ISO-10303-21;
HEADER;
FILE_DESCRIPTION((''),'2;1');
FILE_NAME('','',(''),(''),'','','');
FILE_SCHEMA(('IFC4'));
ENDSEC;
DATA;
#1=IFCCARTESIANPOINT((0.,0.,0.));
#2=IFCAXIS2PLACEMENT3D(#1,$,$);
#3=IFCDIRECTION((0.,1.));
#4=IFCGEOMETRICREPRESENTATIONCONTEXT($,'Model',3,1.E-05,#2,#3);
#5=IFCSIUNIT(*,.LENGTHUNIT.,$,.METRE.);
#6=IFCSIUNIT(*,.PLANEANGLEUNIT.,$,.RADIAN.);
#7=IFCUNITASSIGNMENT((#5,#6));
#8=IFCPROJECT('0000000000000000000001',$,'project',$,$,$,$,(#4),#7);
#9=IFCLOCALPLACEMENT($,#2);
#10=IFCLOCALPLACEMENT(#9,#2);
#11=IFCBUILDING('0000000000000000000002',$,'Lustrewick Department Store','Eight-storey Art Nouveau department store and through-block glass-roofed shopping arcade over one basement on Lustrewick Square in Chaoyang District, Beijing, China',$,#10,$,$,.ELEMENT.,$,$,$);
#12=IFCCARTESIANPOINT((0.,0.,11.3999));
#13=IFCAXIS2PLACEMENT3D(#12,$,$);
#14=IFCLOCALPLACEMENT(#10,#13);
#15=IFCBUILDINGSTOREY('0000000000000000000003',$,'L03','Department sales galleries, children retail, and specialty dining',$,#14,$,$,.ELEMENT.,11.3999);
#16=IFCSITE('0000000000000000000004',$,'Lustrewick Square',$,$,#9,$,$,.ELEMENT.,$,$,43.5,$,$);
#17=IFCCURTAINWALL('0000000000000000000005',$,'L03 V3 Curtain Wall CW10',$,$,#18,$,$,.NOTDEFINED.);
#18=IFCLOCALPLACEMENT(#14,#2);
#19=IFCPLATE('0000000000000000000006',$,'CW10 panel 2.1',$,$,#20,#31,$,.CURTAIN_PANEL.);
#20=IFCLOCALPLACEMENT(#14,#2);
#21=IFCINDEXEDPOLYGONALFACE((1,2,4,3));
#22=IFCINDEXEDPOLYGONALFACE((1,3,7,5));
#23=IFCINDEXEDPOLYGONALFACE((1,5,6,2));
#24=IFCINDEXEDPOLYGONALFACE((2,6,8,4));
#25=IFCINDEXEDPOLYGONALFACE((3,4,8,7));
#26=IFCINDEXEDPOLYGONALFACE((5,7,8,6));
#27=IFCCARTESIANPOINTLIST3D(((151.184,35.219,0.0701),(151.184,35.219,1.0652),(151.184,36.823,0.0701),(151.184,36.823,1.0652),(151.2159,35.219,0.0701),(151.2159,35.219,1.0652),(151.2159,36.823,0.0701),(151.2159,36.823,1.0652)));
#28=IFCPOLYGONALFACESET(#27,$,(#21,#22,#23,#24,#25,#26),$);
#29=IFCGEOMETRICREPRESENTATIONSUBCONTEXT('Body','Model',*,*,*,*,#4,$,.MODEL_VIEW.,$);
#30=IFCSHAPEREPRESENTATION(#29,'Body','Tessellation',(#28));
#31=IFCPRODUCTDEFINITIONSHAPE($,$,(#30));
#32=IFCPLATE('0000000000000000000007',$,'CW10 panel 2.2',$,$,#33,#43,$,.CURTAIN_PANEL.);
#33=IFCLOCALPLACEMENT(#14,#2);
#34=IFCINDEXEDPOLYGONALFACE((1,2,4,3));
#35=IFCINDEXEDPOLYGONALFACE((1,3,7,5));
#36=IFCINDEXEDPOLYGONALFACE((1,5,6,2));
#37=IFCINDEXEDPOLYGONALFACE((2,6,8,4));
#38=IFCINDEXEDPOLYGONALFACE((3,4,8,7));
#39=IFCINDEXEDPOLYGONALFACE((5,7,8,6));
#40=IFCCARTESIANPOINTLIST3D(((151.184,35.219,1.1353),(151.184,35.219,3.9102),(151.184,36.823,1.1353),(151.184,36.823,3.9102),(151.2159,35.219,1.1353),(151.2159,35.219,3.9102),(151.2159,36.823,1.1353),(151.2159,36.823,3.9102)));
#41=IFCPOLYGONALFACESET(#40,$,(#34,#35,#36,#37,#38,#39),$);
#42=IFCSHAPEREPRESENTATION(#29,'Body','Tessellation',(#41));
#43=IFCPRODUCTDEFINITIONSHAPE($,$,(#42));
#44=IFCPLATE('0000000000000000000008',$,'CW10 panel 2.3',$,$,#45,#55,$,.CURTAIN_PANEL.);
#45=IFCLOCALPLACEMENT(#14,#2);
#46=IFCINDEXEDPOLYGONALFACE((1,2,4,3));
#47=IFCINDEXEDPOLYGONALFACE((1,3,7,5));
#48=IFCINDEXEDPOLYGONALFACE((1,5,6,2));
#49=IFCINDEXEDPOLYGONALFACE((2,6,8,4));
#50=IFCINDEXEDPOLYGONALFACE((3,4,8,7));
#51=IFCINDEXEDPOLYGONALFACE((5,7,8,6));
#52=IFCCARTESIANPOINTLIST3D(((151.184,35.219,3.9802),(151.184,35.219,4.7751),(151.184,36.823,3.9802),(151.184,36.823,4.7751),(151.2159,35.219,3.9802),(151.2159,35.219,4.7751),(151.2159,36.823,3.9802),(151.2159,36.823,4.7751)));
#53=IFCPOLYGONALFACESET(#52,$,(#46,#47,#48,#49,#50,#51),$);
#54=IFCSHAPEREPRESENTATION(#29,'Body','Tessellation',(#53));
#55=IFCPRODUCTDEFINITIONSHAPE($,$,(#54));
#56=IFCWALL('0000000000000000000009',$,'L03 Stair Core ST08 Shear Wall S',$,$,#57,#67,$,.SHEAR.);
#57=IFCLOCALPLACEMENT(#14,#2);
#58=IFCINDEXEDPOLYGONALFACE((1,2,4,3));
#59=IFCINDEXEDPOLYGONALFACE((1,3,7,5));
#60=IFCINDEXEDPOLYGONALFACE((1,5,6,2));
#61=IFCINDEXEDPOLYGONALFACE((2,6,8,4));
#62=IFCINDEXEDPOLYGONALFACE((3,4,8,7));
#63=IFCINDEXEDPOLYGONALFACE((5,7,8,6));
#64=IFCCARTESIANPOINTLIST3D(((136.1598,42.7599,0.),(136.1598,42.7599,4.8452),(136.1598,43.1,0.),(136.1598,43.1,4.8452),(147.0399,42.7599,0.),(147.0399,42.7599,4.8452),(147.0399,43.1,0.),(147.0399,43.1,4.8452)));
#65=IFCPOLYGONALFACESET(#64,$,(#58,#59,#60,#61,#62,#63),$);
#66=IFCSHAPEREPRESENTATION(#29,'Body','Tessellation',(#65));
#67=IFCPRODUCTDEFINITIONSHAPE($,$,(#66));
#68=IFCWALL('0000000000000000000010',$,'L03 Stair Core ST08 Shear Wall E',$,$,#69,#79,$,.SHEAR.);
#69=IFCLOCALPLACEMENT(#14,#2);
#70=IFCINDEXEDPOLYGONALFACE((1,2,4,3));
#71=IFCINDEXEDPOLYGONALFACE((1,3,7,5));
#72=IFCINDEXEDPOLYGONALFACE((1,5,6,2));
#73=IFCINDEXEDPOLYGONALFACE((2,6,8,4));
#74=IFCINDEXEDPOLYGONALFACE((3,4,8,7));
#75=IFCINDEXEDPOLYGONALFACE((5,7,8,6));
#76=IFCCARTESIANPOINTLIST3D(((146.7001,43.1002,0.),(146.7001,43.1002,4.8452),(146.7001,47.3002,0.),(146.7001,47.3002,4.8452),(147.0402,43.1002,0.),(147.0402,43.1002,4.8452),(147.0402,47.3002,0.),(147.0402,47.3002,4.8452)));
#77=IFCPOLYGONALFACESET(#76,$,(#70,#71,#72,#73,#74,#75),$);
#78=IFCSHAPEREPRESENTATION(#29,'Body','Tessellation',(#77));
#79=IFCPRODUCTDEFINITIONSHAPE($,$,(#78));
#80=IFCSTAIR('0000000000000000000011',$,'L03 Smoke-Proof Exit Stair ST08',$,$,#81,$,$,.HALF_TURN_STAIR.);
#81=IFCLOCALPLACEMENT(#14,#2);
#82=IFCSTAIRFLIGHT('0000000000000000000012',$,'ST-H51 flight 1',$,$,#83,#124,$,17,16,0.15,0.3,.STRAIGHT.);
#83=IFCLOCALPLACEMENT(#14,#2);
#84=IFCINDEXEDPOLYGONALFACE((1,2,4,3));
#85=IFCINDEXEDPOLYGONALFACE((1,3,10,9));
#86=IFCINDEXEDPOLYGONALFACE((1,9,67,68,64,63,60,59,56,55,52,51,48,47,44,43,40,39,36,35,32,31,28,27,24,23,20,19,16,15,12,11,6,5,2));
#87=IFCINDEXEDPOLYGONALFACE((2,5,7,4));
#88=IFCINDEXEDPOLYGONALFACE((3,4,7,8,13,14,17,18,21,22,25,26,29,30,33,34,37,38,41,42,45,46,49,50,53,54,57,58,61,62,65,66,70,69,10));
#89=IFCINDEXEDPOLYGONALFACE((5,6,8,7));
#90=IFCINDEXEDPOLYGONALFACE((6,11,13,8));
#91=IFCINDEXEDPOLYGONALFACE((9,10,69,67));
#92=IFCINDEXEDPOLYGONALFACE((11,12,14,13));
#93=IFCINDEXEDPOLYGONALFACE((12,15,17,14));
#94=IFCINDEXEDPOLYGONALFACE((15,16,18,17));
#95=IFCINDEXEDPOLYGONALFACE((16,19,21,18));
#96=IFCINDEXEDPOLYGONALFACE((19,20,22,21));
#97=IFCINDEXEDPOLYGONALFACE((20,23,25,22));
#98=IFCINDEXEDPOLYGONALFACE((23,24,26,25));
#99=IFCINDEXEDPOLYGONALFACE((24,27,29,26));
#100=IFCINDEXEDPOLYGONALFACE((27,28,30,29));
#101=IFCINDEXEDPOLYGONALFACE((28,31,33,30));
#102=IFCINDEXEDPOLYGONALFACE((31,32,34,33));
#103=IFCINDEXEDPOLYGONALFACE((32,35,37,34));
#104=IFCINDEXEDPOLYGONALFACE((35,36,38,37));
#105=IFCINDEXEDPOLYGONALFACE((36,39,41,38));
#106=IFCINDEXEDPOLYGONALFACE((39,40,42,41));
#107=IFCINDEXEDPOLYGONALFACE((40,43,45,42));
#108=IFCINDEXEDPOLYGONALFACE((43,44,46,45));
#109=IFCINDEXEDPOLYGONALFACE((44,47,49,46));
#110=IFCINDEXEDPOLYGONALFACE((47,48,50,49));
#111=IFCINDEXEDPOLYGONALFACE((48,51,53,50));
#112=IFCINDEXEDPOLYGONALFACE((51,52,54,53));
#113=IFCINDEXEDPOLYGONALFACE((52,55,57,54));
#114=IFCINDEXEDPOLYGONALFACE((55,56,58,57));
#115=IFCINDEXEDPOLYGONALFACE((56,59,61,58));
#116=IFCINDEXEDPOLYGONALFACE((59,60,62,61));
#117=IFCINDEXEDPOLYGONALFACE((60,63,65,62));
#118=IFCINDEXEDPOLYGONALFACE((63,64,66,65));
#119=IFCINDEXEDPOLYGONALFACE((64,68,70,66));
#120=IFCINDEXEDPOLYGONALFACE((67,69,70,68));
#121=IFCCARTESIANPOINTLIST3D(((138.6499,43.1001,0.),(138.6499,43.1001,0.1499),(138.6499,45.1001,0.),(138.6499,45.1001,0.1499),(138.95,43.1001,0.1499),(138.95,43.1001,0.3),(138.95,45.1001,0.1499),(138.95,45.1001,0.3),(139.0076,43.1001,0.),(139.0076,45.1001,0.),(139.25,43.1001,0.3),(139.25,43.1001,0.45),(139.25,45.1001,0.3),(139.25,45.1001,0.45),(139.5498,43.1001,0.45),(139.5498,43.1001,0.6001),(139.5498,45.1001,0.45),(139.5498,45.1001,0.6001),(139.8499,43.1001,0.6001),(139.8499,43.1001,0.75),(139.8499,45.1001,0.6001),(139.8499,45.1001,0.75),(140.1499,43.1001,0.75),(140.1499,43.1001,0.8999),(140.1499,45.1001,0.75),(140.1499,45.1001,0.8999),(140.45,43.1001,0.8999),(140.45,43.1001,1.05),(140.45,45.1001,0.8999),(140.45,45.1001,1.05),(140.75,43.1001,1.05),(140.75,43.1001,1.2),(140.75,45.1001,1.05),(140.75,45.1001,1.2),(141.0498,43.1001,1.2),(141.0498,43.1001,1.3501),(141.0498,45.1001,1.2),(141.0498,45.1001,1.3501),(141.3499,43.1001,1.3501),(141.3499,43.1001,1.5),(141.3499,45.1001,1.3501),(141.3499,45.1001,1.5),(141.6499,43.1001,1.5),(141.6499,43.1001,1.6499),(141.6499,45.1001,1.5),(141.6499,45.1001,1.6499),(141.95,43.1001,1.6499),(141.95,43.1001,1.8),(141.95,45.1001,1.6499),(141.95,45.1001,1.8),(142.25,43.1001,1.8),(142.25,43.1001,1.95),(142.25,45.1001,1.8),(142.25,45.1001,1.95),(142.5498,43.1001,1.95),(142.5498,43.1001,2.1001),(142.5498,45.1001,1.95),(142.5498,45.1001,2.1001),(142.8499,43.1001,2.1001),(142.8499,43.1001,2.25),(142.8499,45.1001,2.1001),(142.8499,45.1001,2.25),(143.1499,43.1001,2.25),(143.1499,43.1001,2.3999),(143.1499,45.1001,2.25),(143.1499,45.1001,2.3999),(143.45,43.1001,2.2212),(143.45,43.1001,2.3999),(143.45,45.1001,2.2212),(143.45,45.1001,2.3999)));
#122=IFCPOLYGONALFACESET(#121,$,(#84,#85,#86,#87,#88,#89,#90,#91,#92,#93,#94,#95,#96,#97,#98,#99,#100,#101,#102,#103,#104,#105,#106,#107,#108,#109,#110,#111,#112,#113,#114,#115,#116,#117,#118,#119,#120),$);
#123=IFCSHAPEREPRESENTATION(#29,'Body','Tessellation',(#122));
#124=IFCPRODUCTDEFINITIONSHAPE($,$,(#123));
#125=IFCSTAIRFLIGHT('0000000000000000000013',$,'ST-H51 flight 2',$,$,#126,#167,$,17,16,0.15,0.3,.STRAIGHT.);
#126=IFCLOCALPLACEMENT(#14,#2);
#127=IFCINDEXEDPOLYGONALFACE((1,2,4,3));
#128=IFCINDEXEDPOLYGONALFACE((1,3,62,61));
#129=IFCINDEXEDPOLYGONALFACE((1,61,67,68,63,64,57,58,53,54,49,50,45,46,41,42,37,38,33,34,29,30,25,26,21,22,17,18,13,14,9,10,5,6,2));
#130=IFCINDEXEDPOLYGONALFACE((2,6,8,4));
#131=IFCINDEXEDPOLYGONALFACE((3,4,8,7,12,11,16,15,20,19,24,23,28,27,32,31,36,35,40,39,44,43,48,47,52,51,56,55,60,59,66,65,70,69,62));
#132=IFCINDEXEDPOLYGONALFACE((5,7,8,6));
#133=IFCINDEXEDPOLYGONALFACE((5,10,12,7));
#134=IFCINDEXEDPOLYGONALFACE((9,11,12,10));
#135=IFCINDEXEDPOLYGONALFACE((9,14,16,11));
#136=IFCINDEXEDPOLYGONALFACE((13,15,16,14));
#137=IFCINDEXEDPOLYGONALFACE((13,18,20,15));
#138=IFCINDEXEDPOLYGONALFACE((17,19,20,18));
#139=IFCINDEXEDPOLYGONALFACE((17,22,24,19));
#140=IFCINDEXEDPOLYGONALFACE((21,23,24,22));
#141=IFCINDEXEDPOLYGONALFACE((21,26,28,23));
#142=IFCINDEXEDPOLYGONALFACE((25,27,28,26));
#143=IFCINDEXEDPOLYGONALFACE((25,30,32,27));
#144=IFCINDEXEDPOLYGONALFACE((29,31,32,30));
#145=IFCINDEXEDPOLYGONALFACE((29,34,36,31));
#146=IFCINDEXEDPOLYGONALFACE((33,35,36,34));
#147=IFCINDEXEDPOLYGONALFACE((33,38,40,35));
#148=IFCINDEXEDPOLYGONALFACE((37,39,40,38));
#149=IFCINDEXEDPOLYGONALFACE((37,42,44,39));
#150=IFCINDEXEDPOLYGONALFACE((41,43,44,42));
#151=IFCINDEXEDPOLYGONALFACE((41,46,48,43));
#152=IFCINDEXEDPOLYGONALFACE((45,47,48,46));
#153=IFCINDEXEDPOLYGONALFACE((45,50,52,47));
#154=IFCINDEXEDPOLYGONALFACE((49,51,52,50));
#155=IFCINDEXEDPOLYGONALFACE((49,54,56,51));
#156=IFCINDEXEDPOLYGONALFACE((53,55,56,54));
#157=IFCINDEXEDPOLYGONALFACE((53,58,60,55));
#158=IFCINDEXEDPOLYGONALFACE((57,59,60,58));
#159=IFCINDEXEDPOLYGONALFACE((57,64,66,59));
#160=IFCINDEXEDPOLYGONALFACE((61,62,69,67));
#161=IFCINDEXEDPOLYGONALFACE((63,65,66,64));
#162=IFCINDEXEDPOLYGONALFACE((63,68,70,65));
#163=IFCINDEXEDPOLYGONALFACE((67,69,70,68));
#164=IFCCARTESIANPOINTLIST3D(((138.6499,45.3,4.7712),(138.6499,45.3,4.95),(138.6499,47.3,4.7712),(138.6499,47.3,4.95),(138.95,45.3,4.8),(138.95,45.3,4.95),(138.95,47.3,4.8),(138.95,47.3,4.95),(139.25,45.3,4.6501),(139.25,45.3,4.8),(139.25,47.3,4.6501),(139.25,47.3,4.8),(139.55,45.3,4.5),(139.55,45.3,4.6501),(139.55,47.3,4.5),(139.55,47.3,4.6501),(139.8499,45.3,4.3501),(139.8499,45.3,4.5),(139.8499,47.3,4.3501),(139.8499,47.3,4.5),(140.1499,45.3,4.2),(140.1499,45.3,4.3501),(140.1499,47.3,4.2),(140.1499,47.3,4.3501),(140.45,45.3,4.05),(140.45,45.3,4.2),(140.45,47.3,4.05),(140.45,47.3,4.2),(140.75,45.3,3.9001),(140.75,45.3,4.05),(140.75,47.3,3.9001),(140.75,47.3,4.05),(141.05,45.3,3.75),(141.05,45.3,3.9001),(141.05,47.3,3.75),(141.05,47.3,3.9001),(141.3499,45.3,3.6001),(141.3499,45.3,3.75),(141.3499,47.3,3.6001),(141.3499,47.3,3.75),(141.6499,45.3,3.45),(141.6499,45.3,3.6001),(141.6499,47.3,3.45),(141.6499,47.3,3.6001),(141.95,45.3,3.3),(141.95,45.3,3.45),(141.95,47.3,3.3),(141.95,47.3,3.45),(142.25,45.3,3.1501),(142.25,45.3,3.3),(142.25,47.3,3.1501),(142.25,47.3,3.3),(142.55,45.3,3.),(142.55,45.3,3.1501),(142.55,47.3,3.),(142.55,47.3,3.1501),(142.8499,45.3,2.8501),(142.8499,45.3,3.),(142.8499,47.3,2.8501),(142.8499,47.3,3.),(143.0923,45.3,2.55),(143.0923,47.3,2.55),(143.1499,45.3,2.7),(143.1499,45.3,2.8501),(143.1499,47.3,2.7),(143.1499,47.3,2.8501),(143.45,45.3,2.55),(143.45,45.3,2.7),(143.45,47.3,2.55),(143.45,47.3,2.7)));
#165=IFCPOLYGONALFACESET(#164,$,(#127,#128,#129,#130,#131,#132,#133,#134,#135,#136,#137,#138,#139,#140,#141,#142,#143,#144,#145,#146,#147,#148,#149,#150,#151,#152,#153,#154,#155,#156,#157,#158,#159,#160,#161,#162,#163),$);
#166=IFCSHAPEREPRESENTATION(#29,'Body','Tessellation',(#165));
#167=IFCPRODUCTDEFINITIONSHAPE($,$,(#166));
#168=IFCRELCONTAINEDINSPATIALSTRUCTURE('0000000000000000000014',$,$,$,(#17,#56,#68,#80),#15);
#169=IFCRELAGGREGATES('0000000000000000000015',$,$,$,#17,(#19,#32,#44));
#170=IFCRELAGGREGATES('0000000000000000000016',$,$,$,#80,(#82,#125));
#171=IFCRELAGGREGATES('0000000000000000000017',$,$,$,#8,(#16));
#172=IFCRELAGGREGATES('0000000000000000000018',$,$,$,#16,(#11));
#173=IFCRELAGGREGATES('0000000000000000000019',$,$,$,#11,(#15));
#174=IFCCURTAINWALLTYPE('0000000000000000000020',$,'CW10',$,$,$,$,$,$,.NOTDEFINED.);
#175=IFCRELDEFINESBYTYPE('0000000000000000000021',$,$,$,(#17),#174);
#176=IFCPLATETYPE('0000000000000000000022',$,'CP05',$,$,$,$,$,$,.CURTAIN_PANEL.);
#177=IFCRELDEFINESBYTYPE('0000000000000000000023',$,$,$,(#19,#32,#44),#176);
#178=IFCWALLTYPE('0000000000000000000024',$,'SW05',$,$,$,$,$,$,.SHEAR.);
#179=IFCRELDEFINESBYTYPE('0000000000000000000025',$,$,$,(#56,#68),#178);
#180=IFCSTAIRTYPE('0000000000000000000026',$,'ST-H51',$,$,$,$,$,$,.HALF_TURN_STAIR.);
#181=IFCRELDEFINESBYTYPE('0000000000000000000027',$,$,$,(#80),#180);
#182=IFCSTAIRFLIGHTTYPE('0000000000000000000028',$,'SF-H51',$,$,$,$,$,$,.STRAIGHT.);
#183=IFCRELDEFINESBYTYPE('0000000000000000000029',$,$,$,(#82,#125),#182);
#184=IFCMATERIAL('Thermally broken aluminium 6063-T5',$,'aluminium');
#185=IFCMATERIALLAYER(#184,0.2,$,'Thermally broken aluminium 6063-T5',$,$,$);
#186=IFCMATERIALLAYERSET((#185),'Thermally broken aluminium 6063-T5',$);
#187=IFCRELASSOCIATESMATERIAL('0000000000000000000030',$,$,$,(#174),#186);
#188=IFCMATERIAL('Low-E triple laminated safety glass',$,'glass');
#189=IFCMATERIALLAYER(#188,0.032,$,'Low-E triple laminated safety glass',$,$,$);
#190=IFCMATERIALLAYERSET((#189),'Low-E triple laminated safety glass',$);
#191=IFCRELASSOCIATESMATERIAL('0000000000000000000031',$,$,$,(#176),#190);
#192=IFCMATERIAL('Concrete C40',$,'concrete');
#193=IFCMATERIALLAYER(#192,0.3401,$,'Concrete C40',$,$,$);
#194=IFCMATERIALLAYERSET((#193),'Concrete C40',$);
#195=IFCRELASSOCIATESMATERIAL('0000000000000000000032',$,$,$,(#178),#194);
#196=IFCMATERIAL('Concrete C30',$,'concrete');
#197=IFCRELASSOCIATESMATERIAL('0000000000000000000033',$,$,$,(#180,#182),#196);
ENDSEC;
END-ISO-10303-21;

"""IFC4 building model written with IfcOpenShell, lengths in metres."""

from ifc_helpers import new_model, si_unit, direction, frame, frame_2d, origin, origin_2d, place, context, subcontext, project, spatial, polyline, rectangle, outline, extrude, material, layer, layer_set, type_object, element, aggregate, save


model = new_model("IFC4")

# Units and contexts
model_context = context("Model", 3, precision=1e-05, world=origin(), true_north=direction((0.0, 1.0)))
body_context = subcontext(model_context, "Body", "Model", "MODEL_VIEW")
ifc_project = project(units=[si_unit("LENGTHUNIT", "METRE"), si_unit("PLANEANGLEUNIT", "RADIAN")], contexts=[model_context])

# Site, building, storey
site_placement = place(None, origin())
site = spatial("IfcSite", under=ifc_project, at=site_placement, Name="Lustrewick Square", CompositionType="ELEMENT", RefElevation=43.5)
building_placement = place(site_placement, origin())
building = spatial("IfcBuilding", under=site, at=building_placement, Name="Lustrewick Department Store", Description="Eight-storey Art Nouveau department store and through-block glass-roofed shopping arcade over one basement on Lustrewick Square in Chaoyang District, Beijing, China", CompositionType="ELEMENT")
storey_placement = place(building_placement, frame((0.0, 0.0, 11.3999)))
storey = spatial("IfcBuildingStorey", under=building, at=storey_placement, Name="L03", Description="Department sales galleries, children retail, and specialty dining", CompositionType="ELEMENT", Elevation=11.3999)

# Curtain wall
ifc_material_1 = material(Name="Thermally broken aluminium 6063-T5", Category="aluminium")
ifc_layer_1 = layer(ifc_material_1, 0.2, Name="Thermally broken aluminium 6063-T5")
ifc_layer_set_1 = layer_set([ifc_layer_1], Name="Thermally broken aluminium 6063-T5")
curtain_wall_type = type_object("IfcCurtainWallType", Name="CW10", PredefinedType="NOTDEFINED", material=ifc_layer_set_1)
curtain_wall_placement = place(storey_placement, origin())
curtain_wall = element("IfcCurtainWall", 1, at=curtain_wall_placement, inside=storey, type_object=curtain_wall_type, Name="L03 V3 Curtain Wall CW10", PredefinedType="NOTDEFINED")

# Plates
ifc_material_2 = material(Name="Low-E triple laminated safety glass", Category="glass")
ifc_layer_2 = layer(ifc_material_2, 0.032, Name="Low-E triple laminated safety glass")
ifc_layer_set_2 = layer_set([ifc_layer_2], Name="Low-E triple laminated safety glass")
plate_type = type_object("IfcPlateType", Name="CP05", PredefinedType="CURTAIN_PANEL", material=ifc_layer_set_2)
plate_1_placement = place(storey_placement, frame((151.2, 36.021, 0.0701), z_axis=(0.0, 0.0, 1.0), x_axis=(0.0, 1.0, 0.0)))
plate_1 = element("IfcPlate", 2, at=plate_1_placement, type_object=plate_type, Name="CW10 panel 2.1", PredefinedType="CURTAIN_PANEL", context=body_context, shape_type="SweptSolid", body=[
    extrude(rectangle(XDim=1.604, YDim=0.032, at=origin_2d()), origin(), (0.0, 0.0, 1.0), 0.9951),
])
plate_2_placement = place(storey_placement, frame((151.2, 36.021, 1.1353), z_axis=(0.0, 0.0, 1.0), x_axis=(0.0, 1.0, 0.0)))
plate_2 = element("IfcPlate", 3, at=plate_2_placement, type_object=plate_type, Name="CW10 panel 2.2", PredefinedType="CURTAIN_PANEL", context=body_context, shape_type="SweptSolid", body=[
    extrude(rectangle(XDim=1.604, YDim=0.032, at=origin_2d()), origin(), (0.0, 0.0, 1.0), 2.7749),
])
plate_3_placement = place(storey_placement, frame((151.2, 36.021, 3.9802), z_axis=(0.0, 0.0, 1.0), x_axis=(0.0, 1.0, 0.0)))
plate_3 = element("IfcPlate", 4, at=plate_3_placement, type_object=plate_type, Name="CW10 panel 2.3", PredefinedType="CURTAIN_PANEL", context=body_context, shape_type="SweptSolid", body=[
    extrude(rectangle(XDim=1.604, YDim=0.032, at=origin_2d()), origin(), (0.0, 0.0, 1.0), 0.7949),
])
aggregate(curtain_wall, [plate_1, plate_2, plate_3])

# Walls
ifc_material_3 = material(Name="Concrete C40", Category="concrete")
ifc_layer_3 = layer(ifc_material_3, 0.3401, Name="Concrete C40")
ifc_layer_set_3 = layer_set([ifc_layer_3], Name="Concrete C40")
wall_type = type_object("IfcWallType", Name="SW05", PredefinedType="SHEAR", material=ifc_layer_set_3)
wall_1_placement = place(storey_placement, frame((136.1599, 42.9299, 0.0), z_axis=(0.0, 0.0, 1.0), x_axis=(1.0, 0.0, 0.0)))
element("IfcWall", 5, at=wall_1_placement, inside=storey, type_object=wall_type, Name="L03 Stair Core ST08 Shear Wall S", PredefinedType="SHEAR", context=body_context, shape_type="SweptSolid", body=[
    extrude(rectangle(XDim=10.8801, YDim=0.3401, at=frame_2d((5.4399, 0.0))), origin(), (0.0, 0.0, 1.0), 4.8452),
])
wall_2_placement = place(storey_placement, frame((146.8701, 43.1001, 0.0), z_axis=(0.0, 0.0, 1.0), x_axis=(0.0, 1.0, 0.0)))
element("IfcWall", 6, at=wall_2_placement, inside=storey, type_object=wall_type, Name="L03 Stair Core ST08 Shear Wall E", PredefinedType="SHEAR", context=body_context, shape_type="SweptSolid", body=[
    extrude(rectangle(XDim=4.2, YDim=0.3401, at=frame_2d((2.1001, 0.0))), origin(), (0.0, 0.0, 1.0), 4.8452),
])

# Stair, stair flights
ifc_material_4 = material(Name="Concrete C30", Category="concrete")
stair_type = type_object("IfcStairType", Name="ST-H51", PredefinedType="HALF_TURN_STAIR", material=ifc_material_4)
stair_placement = place(storey_placement, origin())
stair = element("IfcStair", 7, at=stair_placement, inside=storey, type_object=stair_type, Name="L03 Smoke-Proof Exit Stair ST08", PredefinedType="HALF_TURN_STAIR")
stair_flight_type = type_object("IfcStairFlightType", Name="SF-H51", PredefinedType="STRAIGHT", material=ifc_material_4)
stair_flight_1_placement = place(storey_placement, frame((138.6499, 44.1001, 0.0), z_axis=(0.0, 0.0, 1.0), x_axis=(1.0, 0.0, 0.0)))
stair_flight_1 = element("IfcStairFlight", 8, at=stair_flight_1_placement, type_object=stair_flight_type, Name="ST-H51 flight 1", NumberOfRisers=17, NumberOfTreads=16, PredefinedType="STRAIGHT", RiserHeight=0.15, TreadLength=0.3, context=body_context, shape_type="SweptSolid", body=[
    extrude(outline(polyline([(0.0, 0.0), (0.0, 0.1499), (0.3, 0.1499), (0.3, 0.3), (0.6001, 0.3), (0.6001, 0.45), (0.8999, 0.45), (0.8999, 0.6001), (1.2, 0.6001), (1.2, 0.75), (1.5, 0.75), (1.5, 0.8999), (1.8, 0.8999), (1.8, 1.05), (2.1001, 1.05), (2.1001, 1.2), (2.3999, 1.2), (2.3999, 1.3501), (2.7, 1.3501), (2.7, 1.5), (3.0, 1.5), (3.0, 1.6499), (3.3, 1.6499), (3.3, 1.8), (3.6001, 1.8), (3.6001, 1.95), (3.8999, 1.95), (3.8999, 2.1001), (4.2, 2.1001), (4.2, 2.25), (4.5, 2.25), (4.5, 2.3999), (4.8, 2.3999), (4.8, 2.55), (4.8, 2.2212), (0.3577, 0.0), (0.0, 0.0)])), frame((0.0, 1.0, 0.0), z_axis=(0.0, -1.0, 0.0), x_axis=(1.0, 0.0, 0.0)), (0.0, 0.0, 1.0), 2.0),
])
stair_flight_2_placement = place(storey_placement, frame((143.45, 46.3, 2.55), z_axis=(0.0, 0.0, 1.0), x_axis=(-1.0, 0.0, 0.0)))
stair_flight_2 = element("IfcStairFlight", 9, at=stair_flight_2_placement, type_object=stair_flight_type, Name="ST-H51 flight 2", NumberOfRisers=17, NumberOfTreads=16, PredefinedType="STRAIGHT", RiserHeight=0.15, TreadLength=0.3, context=body_context, shape_type="SweptSolid", body=[
    extrude(outline(polyline([(0.0, 0.0), (0.0, 0.1499), (0.3, 0.1499), (0.3, 0.3), (0.6001, 0.3), (0.6001, 0.45), (0.8999, 0.45), (0.8999, 0.6001), (1.2, 0.6001), (1.2, 0.75), (1.5, 0.75), (1.5, 0.8999), (1.8, 0.8999), (1.8, 1.05), (2.1001, 1.05), (2.1001, 1.2), (2.3999, 1.2), (2.3999, 1.3501), (2.7, 1.3501), (2.7, 1.5), (3.0, 1.5), (3.0, 1.6499), (3.3, 1.6499), (3.3, 1.8), (3.6001, 1.8), (3.6001, 1.95), (3.8999, 1.95), (3.8999, 2.1001), (4.2, 2.1001), (4.2, 2.25), (4.5, 2.25), (4.5, 2.3999), (4.8, 2.3999), (4.8, 2.55), (4.8, 2.2212), (0.3577, 0.0), (0.0, 0.0)])), frame((0.0, 1.0, 0.0), z_axis=(0.0, -1.0, 0.0), x_axis=(1.0, 0.0, 0.0)), (0.0, 0.0, 1.0), 2.0),
])
aggregate(stair, [stair_flight_1, stair_flight_2])

save(model, "model.ifc")
